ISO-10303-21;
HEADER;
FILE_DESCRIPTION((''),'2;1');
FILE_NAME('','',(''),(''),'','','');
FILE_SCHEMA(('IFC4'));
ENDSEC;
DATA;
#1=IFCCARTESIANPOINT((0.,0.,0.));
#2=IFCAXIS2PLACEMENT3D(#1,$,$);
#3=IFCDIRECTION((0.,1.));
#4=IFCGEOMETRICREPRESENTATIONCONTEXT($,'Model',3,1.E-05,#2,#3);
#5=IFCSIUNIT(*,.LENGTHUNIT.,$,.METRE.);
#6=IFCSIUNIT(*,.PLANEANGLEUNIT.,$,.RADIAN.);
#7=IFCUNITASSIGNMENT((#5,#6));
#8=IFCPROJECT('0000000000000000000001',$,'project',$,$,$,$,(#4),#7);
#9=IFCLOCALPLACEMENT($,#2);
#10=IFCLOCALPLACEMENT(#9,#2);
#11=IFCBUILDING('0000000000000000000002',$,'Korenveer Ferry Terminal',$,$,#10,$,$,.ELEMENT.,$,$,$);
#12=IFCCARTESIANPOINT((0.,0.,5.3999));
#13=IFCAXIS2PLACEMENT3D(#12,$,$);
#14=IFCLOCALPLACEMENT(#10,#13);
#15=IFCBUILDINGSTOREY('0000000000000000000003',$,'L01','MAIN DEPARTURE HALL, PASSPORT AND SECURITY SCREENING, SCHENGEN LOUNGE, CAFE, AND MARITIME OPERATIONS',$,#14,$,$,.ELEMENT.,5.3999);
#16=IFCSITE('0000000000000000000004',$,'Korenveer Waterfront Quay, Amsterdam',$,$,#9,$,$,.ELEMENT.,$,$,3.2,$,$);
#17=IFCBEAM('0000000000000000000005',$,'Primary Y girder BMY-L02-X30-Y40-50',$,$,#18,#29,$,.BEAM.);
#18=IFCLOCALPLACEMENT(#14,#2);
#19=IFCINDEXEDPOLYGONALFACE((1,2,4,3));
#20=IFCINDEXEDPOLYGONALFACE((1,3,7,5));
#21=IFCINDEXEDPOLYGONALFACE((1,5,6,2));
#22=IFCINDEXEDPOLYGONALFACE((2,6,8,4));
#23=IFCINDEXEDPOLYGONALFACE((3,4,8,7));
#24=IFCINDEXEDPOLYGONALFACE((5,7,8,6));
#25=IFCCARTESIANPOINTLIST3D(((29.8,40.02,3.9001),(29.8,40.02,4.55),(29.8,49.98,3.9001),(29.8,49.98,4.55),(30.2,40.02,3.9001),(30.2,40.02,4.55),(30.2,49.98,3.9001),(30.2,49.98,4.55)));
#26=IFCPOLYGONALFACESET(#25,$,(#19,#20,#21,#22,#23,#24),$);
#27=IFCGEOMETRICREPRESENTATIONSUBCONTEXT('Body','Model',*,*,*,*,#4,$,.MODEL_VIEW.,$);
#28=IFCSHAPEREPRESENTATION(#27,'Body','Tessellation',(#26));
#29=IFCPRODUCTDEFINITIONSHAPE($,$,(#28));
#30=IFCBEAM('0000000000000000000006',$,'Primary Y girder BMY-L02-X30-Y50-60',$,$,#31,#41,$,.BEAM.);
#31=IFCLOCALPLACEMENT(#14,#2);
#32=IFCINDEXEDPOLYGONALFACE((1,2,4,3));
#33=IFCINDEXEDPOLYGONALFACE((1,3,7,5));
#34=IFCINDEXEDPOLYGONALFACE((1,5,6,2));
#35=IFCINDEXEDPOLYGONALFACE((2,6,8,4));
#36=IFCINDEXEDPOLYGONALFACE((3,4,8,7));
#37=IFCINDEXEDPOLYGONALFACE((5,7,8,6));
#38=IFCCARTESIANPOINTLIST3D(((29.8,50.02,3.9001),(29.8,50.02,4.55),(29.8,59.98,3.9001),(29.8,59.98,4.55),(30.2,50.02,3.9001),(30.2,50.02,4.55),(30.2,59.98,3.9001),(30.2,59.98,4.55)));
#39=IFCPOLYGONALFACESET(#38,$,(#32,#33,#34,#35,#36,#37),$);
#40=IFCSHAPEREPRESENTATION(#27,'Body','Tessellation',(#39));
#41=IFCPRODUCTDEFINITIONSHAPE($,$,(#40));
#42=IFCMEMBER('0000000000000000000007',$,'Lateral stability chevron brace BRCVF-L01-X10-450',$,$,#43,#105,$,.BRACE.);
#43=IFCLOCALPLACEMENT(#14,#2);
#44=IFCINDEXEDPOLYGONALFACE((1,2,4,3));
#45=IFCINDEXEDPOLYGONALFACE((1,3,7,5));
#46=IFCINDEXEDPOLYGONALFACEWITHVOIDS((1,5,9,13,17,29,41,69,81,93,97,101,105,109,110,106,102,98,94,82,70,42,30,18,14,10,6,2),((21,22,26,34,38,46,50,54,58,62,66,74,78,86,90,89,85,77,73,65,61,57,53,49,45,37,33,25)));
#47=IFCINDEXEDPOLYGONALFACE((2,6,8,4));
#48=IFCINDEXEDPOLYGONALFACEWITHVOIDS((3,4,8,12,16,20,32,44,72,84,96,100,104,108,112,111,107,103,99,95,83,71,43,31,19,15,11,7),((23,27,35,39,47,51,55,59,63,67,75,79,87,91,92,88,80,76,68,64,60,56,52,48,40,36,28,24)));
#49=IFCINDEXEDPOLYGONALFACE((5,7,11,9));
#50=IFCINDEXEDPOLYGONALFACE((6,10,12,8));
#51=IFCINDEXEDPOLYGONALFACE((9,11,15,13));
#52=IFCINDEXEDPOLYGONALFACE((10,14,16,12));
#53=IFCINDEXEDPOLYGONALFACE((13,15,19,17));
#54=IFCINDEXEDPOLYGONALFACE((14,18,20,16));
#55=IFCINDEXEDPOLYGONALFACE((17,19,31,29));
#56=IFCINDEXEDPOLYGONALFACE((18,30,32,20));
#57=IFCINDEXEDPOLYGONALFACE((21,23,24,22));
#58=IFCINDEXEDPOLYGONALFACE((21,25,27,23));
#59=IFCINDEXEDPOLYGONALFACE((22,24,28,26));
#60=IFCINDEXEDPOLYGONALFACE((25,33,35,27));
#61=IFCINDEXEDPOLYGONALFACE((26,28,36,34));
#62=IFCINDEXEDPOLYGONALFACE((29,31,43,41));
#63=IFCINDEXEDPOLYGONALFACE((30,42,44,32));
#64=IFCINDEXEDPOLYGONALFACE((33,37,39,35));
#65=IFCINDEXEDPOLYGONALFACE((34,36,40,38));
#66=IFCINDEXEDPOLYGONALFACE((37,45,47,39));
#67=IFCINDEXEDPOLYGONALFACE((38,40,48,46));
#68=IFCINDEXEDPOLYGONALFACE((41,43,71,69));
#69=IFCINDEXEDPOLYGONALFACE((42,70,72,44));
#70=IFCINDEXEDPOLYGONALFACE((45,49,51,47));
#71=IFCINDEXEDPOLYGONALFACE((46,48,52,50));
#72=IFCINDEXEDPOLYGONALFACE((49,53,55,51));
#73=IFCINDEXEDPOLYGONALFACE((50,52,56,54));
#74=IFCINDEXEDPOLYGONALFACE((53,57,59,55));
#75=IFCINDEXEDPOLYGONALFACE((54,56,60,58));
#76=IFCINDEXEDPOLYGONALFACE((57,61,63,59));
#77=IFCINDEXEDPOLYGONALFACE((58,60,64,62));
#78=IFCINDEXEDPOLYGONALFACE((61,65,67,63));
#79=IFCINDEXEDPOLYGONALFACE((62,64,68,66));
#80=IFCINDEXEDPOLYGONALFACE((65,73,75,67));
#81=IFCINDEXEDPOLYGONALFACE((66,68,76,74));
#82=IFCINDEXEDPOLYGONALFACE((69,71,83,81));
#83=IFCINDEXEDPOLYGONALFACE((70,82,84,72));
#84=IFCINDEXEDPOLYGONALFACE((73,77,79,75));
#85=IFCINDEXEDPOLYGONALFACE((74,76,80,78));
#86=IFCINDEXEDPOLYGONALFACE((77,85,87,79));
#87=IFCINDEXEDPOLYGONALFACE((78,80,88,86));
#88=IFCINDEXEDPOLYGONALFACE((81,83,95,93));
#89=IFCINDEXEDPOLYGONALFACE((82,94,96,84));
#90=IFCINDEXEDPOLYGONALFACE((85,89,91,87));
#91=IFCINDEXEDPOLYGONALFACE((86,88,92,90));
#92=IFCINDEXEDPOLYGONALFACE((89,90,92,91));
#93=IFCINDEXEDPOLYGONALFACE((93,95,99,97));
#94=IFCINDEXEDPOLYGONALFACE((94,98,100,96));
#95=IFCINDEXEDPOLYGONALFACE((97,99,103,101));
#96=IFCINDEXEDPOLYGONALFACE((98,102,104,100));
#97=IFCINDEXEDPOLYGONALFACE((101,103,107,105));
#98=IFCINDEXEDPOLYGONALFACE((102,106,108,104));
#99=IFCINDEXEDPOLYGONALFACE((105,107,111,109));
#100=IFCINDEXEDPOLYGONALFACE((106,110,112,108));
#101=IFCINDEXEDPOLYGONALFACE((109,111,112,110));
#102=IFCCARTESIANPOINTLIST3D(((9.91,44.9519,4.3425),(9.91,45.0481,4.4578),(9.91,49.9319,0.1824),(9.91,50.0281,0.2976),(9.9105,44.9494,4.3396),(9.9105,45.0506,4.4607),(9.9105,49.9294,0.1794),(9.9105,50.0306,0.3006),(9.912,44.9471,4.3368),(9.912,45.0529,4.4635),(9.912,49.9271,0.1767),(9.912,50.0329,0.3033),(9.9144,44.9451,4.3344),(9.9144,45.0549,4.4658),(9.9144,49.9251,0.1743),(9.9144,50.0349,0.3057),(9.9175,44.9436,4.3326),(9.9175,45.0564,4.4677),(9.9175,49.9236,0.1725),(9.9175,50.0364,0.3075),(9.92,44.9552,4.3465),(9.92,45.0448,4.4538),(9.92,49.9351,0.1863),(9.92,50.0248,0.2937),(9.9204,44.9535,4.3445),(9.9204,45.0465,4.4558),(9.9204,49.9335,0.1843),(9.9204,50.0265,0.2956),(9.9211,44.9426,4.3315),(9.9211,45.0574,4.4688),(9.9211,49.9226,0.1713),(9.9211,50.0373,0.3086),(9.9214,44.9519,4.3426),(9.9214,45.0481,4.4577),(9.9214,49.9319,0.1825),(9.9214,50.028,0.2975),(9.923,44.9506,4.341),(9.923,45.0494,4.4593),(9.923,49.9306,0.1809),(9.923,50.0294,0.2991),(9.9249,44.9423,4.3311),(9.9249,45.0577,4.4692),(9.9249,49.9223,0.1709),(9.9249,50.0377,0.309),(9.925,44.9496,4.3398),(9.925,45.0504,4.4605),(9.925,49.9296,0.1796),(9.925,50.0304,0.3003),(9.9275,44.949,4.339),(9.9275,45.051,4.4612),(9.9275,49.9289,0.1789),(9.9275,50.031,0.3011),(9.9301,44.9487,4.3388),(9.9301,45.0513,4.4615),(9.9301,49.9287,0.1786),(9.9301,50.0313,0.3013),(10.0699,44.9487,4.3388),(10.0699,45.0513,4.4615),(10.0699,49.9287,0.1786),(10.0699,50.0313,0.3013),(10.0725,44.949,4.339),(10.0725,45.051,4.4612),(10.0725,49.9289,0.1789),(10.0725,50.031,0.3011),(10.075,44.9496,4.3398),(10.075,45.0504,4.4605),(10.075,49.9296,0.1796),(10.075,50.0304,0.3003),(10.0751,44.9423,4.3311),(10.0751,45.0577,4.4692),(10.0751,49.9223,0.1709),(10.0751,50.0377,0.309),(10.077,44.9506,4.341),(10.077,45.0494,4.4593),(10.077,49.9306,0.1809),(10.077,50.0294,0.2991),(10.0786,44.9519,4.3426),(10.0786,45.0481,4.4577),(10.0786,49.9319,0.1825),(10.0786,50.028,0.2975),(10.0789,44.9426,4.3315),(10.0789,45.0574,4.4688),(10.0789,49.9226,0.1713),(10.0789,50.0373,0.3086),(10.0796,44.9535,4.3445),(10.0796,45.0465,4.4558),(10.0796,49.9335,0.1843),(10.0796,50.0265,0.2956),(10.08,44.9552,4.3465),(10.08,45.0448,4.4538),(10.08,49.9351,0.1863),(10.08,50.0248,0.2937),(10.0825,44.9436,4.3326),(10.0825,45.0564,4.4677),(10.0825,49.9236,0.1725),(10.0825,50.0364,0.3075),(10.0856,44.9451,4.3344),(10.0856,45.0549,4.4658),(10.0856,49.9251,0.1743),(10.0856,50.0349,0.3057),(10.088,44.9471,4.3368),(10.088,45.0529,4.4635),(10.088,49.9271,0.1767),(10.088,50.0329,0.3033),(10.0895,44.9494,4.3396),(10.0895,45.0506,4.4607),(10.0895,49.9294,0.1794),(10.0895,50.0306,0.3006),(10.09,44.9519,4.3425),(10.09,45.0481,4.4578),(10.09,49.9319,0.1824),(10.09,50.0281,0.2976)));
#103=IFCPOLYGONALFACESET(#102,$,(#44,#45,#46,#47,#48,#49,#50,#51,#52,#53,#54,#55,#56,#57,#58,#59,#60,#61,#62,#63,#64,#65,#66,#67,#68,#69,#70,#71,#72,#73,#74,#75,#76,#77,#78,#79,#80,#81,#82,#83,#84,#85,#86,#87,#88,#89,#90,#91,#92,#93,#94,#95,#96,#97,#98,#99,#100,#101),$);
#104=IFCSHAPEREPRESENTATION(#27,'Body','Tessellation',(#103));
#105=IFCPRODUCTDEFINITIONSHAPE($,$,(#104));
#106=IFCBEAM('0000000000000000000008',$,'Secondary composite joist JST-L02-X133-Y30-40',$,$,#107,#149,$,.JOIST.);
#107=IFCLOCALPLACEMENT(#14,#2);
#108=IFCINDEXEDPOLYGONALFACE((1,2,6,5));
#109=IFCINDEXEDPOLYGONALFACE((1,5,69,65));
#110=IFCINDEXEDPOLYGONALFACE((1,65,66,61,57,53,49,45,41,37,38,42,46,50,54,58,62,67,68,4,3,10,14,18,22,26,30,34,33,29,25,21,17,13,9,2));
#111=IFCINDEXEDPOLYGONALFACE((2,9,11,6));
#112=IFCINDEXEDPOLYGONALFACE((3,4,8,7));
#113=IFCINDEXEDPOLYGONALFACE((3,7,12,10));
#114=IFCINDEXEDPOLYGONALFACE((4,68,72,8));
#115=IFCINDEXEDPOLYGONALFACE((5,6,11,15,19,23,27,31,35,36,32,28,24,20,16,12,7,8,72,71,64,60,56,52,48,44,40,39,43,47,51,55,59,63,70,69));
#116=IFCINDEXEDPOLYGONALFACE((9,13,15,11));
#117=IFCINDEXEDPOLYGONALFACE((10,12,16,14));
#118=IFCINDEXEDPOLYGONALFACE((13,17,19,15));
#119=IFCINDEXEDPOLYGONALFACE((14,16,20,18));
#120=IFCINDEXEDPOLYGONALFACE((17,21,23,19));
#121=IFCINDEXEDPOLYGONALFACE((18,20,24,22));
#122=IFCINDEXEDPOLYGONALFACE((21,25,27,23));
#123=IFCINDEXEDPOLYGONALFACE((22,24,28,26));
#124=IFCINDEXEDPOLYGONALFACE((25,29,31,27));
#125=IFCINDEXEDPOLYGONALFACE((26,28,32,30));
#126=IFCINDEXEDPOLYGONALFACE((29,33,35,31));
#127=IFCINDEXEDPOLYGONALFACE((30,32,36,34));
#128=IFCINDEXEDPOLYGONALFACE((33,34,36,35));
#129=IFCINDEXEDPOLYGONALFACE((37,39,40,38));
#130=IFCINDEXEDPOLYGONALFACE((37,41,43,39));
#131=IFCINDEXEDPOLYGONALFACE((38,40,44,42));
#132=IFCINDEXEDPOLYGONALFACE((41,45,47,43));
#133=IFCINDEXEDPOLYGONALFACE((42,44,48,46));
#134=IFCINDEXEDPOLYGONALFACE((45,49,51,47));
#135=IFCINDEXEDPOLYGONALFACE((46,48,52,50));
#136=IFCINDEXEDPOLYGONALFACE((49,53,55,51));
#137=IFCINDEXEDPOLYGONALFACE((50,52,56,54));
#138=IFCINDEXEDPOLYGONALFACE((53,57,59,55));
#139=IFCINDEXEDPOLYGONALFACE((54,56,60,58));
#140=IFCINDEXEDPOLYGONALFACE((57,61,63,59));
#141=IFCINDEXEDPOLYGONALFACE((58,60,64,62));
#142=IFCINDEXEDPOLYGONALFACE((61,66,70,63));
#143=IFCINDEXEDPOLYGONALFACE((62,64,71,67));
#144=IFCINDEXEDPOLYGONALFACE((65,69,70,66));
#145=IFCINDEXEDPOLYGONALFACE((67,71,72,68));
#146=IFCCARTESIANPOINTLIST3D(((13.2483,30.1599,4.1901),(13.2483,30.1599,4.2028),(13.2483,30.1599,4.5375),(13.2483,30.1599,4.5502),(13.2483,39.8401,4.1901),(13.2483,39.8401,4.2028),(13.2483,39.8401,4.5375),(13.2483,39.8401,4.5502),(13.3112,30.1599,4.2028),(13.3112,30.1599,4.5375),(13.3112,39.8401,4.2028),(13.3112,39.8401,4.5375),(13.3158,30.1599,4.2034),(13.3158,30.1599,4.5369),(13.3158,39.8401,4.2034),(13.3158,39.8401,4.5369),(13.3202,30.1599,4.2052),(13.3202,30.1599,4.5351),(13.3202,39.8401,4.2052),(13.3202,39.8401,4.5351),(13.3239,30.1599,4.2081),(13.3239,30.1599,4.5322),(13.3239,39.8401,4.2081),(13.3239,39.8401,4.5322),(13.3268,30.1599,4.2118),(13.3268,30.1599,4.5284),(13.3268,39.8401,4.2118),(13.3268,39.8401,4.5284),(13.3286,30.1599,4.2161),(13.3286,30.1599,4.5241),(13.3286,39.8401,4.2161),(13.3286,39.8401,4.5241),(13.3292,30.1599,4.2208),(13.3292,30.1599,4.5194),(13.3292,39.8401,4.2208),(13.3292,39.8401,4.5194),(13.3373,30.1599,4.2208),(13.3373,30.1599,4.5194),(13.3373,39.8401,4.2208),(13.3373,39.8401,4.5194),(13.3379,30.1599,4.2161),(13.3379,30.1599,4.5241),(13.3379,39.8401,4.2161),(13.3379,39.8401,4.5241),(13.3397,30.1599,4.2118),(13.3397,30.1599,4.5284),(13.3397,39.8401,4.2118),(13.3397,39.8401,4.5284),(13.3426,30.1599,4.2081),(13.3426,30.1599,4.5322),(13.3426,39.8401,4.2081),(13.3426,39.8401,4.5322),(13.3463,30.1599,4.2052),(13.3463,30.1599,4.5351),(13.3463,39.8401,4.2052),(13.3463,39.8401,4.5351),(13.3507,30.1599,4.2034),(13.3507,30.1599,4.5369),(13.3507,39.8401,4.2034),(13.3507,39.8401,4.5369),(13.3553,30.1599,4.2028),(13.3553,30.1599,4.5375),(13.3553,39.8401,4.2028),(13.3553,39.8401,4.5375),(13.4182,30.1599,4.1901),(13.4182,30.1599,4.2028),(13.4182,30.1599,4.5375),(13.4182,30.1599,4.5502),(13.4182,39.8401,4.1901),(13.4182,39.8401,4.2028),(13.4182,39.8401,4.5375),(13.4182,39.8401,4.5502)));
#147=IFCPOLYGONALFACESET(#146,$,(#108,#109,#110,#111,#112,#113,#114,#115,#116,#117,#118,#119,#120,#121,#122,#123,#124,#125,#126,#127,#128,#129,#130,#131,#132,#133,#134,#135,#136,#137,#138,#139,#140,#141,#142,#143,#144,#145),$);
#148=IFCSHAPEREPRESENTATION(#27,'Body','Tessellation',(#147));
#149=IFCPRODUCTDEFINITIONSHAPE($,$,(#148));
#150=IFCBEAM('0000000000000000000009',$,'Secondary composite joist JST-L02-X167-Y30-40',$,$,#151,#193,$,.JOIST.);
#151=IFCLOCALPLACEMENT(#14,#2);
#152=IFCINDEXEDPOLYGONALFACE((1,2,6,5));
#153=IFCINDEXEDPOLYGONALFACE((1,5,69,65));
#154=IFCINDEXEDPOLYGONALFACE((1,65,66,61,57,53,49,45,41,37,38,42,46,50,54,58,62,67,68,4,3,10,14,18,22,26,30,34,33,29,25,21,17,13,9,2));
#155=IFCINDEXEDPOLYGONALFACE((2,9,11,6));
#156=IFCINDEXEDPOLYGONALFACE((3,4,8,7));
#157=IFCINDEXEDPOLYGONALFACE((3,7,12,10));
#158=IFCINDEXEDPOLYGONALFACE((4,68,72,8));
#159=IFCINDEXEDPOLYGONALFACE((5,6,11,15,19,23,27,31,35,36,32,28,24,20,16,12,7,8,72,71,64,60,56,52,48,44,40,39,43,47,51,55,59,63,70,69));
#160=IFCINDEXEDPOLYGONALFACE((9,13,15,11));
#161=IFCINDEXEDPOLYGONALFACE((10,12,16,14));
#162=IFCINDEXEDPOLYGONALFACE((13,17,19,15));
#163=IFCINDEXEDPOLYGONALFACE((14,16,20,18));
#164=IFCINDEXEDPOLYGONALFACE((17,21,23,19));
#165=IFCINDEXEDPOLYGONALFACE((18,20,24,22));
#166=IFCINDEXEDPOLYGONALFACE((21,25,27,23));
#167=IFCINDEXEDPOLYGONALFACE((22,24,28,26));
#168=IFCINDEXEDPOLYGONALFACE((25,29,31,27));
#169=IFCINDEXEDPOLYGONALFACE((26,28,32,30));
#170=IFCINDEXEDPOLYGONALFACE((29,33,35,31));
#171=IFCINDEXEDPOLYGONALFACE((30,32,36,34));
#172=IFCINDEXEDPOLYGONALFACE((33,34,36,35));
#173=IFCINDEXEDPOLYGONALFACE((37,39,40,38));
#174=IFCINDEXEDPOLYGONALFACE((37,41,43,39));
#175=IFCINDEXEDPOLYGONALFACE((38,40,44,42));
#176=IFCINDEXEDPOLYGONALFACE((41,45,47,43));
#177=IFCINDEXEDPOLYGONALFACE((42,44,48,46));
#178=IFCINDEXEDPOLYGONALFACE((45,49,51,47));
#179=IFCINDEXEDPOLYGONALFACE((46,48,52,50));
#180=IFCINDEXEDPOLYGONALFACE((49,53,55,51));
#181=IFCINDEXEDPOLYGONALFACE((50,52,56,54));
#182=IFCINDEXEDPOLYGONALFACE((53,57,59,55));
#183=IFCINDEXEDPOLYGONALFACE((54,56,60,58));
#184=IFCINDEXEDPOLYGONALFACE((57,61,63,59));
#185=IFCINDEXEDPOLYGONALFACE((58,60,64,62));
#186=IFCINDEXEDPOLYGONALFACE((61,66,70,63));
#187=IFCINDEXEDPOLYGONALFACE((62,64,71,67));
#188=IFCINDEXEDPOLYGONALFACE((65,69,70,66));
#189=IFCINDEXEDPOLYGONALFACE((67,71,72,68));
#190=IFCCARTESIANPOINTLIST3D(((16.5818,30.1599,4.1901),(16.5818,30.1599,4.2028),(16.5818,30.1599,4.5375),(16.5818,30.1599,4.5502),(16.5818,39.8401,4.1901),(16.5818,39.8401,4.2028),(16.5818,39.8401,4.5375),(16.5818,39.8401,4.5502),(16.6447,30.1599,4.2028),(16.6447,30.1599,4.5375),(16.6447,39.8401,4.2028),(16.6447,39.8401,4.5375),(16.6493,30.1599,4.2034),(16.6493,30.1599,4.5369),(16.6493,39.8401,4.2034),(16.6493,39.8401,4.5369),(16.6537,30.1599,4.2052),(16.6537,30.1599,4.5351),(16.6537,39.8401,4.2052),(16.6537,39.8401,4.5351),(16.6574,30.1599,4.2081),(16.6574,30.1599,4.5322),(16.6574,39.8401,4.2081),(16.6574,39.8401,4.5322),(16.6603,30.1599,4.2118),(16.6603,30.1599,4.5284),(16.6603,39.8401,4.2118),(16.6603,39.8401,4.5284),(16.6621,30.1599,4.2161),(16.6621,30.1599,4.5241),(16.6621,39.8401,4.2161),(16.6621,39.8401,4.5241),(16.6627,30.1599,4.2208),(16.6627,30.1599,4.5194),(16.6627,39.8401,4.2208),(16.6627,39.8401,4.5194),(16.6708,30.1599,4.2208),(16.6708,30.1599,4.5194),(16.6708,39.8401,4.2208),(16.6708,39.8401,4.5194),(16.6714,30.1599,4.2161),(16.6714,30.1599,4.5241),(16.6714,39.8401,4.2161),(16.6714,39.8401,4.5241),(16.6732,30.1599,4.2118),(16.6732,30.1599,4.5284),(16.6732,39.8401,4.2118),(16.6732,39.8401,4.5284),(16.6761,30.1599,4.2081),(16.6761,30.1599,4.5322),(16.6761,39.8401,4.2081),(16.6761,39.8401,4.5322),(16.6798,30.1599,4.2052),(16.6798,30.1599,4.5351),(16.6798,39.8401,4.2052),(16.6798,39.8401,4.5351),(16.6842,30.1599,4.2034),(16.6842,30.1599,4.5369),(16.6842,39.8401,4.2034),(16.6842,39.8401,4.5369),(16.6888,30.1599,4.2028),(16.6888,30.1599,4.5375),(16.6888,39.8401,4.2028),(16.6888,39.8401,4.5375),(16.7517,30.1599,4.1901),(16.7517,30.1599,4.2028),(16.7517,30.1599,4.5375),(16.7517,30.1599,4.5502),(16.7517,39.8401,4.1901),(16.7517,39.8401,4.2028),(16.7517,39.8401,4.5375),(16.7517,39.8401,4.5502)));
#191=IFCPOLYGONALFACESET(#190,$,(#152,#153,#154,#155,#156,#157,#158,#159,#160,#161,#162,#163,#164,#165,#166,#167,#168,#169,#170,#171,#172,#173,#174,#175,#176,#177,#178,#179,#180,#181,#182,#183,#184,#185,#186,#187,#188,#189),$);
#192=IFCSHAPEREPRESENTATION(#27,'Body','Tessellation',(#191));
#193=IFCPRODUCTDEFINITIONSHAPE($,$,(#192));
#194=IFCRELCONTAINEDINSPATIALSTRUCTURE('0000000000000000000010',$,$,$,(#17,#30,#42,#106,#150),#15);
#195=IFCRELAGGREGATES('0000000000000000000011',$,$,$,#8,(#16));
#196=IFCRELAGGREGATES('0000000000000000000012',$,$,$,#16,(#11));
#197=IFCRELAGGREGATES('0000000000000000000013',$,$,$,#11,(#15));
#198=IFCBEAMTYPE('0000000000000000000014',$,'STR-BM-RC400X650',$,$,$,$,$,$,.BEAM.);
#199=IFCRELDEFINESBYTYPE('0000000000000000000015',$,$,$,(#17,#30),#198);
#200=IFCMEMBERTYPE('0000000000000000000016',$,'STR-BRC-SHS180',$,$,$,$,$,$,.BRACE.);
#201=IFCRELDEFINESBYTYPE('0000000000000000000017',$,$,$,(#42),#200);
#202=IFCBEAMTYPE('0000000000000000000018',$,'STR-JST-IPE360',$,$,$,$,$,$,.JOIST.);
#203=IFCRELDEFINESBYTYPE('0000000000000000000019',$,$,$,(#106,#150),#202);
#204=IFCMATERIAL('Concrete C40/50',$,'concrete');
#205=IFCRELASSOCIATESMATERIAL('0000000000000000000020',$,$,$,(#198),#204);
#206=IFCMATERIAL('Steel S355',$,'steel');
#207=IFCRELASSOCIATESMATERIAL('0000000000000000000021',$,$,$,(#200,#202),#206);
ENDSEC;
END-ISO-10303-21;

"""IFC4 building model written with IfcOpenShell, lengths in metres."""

from ifc_helpers import new_model, si_unit, direction, frame, origin, origin_2d, place, context, subcontext, project, spatial, rectangle, hollow_rectangle, i_section, extrude, material, material_profile, profile_set, type_object, element, save


model = new_model("IFC4")

# Units and contexts
model_context = context("Model", 3, precision=1e-05, world=origin(), true_north=direction((0.0, 1.0)))
body_context = subcontext(model_context, "Body", "Model", "MODEL_VIEW")
ifc_project = project(units=[si_unit("LENGTHUNIT", "METRE"), si_unit("PLANEANGLEUNIT", "RADIAN")], contexts=[model_context])

# Site, building, storey
site_placement = place(None, origin())
site = spatial("IfcSite", under=ifc_project, at=site_placement, Name="Korenveer Waterfront Quay, Amsterdam", CompositionType="ELEMENT", RefElevation=3.2)
building_placement = place(site_placement, origin())
building = spatial("IfcBuilding", under=site, at=building_placement, Name="Korenveer Ferry Terminal", CompositionType="ELEMENT")
storey_placement = place(building_placement, frame((0.0, 0.0, 5.3999)))
storey = spatial("IfcBuildingStorey", under=building, at=storey_placement, Name="L01", Description="MAIN DEPARTURE HALL, PASSPORT AND SECURITY SCREENING, SCHENGEN LOUNGE, CAFE, AND MARITIME OPERATIONS", CompositionType="ELEMENT", Elevation=5.3999)

# Beams
ifc_material_1 = material(Name="Steel S355", Category="steel")
ifc_material_2 = material(Name="Concrete C40/50", Category="concrete")
ifc_material_profile_1 = material_profile(ifc_material_2, rectangle(XDim=0.3999, YDim=0.6499, at=origin_2d()), Name="RC 400x650")
ifc_profile_set_1 = profile_set([ifc_material_profile_1], Name="Concrete C40/50")
beam_type_1 = type_object("IfcBeamType", Name="STR-BM-RC400X650", PredefinedType="BEAM", material=ifc_profile_set_1)
for number, where, z_axis, x_axis, name in (
    (1, (30.0, 40.02, 4.2251), (0.0, 1.0, 0.0), (-1.0, 0.0, 0.0), "Primary Y girder BMY-L02-X30-Y40-50"),
    (2, (30.0, 50.02, 4.2251), (0.0, 1.0, 0.0), (-1.0, 0.0, 0.0), "Primary Y girder BMY-L02-X30-Y50-60"),
):
    element("IfcBeam", number, at=place(storey_placement, frame(where, z_axis=z_axis, x_axis=x_axis)), inside=storey, type_object=beam_type_1, Name=name, PredefinedType="BEAM", context=body_context, shape_type="SweptSolid", body=[
        extrude(rectangle(XDim=0.3999, YDim=0.6499, at=origin_2d()), origin(), (0.0, 0.0, 1.0), 9.96),
    ])

# Member
ifc_material_profile_2 = material_profile(ifc_material_1, hollow_rectangle(XDim=0.1799, YDim=0.1799, WallThickness=0.01, InnerFilletRadius=0.01, OuterFilletRadius=0.0149, at=origin_2d()), Name="SHS 180x180x10")
ifc_profile_set_2 = profile_set([ifc_material_profile_2], Name="Steel S355")
member_type_1 = type_object("IfcMemberType", Name="STR-BRC-SHS180", PredefinedType="BRACE", material=ifc_profile_set_2)
member_1_placement = place(storey_placement, frame((10.0, 45.0, 4.4001), z_axis=(0.0, 0.76745, -0.641109), x_axis=(-1.0, 0.0, 0.0)))
element("IfcMember", 3, at=member_1_placement, inside=storey, type_object=member_type_1, Name="Lateral stability chevron brace BRCVF-L01-X10-450", PredefinedType="BRACE", context=body_context, shape_type="SweptSolid", body=[
    extrude(hollow_rectangle(XDim=0.1799, YDim=0.1799, WallThickness=0.01, InnerFilletRadius=0.01, OuterFilletRadius=0.0149, at=origin_2d()), origin(), (0.0, 0.0, 1.0), 6.489),
])

# Beams
ifc_material_profile_3 = material_profile(ifc_material_1, i_section(OverallWidth=0.1699, OverallDepth=0.3601, WebThickness=0.0081, FlangeThickness=0.0127, FilletRadius=0.0181, at=origin_2d()), Name="IPE 360")
ifc_profile_set_3 = profile_set([ifc_material_profile_3], Name="Steel S355")
beam_type_2 = type_object("IfcBeamType", Name="STR-JST-IPE360", PredefinedType="JOIST", material=ifc_profile_set_3)
for number, where, z_axis, x_axis, name in (
    (4, (13.3333, 30.1599, 4.3701), (0.0, 1.0, 0.0), (-1.0, 0.0, 0.0), "Secondary composite joist JST-L02-X133-Y30-40"),
    (5, (16.6667, 30.1599, 4.3701), (0.0, 1.0, 0.0), (-1.0, 0.0, 0.0), "Secondary composite joist JST-L02-X167-Y30-40"),
):
    element("IfcBeam", number, at=place(storey_placement, frame(where, z_axis=z_axis, x_axis=x_axis)), inside=storey, type_object=beam_type_2, Name=name, PredefinedType="JOIST", context=body_context, shape_type="SweptSolid", body=[
        extrude(i_section(OverallWidth=0.1699, OverallDepth=0.3601, WebThickness=0.0081, FlangeThickness=0.0127, FilletRadius=0.0181, at=origin_2d()), origin(), (0.0, 0.0, 1.0), 9.6802),
    ])

save(model, "model.ifc")
